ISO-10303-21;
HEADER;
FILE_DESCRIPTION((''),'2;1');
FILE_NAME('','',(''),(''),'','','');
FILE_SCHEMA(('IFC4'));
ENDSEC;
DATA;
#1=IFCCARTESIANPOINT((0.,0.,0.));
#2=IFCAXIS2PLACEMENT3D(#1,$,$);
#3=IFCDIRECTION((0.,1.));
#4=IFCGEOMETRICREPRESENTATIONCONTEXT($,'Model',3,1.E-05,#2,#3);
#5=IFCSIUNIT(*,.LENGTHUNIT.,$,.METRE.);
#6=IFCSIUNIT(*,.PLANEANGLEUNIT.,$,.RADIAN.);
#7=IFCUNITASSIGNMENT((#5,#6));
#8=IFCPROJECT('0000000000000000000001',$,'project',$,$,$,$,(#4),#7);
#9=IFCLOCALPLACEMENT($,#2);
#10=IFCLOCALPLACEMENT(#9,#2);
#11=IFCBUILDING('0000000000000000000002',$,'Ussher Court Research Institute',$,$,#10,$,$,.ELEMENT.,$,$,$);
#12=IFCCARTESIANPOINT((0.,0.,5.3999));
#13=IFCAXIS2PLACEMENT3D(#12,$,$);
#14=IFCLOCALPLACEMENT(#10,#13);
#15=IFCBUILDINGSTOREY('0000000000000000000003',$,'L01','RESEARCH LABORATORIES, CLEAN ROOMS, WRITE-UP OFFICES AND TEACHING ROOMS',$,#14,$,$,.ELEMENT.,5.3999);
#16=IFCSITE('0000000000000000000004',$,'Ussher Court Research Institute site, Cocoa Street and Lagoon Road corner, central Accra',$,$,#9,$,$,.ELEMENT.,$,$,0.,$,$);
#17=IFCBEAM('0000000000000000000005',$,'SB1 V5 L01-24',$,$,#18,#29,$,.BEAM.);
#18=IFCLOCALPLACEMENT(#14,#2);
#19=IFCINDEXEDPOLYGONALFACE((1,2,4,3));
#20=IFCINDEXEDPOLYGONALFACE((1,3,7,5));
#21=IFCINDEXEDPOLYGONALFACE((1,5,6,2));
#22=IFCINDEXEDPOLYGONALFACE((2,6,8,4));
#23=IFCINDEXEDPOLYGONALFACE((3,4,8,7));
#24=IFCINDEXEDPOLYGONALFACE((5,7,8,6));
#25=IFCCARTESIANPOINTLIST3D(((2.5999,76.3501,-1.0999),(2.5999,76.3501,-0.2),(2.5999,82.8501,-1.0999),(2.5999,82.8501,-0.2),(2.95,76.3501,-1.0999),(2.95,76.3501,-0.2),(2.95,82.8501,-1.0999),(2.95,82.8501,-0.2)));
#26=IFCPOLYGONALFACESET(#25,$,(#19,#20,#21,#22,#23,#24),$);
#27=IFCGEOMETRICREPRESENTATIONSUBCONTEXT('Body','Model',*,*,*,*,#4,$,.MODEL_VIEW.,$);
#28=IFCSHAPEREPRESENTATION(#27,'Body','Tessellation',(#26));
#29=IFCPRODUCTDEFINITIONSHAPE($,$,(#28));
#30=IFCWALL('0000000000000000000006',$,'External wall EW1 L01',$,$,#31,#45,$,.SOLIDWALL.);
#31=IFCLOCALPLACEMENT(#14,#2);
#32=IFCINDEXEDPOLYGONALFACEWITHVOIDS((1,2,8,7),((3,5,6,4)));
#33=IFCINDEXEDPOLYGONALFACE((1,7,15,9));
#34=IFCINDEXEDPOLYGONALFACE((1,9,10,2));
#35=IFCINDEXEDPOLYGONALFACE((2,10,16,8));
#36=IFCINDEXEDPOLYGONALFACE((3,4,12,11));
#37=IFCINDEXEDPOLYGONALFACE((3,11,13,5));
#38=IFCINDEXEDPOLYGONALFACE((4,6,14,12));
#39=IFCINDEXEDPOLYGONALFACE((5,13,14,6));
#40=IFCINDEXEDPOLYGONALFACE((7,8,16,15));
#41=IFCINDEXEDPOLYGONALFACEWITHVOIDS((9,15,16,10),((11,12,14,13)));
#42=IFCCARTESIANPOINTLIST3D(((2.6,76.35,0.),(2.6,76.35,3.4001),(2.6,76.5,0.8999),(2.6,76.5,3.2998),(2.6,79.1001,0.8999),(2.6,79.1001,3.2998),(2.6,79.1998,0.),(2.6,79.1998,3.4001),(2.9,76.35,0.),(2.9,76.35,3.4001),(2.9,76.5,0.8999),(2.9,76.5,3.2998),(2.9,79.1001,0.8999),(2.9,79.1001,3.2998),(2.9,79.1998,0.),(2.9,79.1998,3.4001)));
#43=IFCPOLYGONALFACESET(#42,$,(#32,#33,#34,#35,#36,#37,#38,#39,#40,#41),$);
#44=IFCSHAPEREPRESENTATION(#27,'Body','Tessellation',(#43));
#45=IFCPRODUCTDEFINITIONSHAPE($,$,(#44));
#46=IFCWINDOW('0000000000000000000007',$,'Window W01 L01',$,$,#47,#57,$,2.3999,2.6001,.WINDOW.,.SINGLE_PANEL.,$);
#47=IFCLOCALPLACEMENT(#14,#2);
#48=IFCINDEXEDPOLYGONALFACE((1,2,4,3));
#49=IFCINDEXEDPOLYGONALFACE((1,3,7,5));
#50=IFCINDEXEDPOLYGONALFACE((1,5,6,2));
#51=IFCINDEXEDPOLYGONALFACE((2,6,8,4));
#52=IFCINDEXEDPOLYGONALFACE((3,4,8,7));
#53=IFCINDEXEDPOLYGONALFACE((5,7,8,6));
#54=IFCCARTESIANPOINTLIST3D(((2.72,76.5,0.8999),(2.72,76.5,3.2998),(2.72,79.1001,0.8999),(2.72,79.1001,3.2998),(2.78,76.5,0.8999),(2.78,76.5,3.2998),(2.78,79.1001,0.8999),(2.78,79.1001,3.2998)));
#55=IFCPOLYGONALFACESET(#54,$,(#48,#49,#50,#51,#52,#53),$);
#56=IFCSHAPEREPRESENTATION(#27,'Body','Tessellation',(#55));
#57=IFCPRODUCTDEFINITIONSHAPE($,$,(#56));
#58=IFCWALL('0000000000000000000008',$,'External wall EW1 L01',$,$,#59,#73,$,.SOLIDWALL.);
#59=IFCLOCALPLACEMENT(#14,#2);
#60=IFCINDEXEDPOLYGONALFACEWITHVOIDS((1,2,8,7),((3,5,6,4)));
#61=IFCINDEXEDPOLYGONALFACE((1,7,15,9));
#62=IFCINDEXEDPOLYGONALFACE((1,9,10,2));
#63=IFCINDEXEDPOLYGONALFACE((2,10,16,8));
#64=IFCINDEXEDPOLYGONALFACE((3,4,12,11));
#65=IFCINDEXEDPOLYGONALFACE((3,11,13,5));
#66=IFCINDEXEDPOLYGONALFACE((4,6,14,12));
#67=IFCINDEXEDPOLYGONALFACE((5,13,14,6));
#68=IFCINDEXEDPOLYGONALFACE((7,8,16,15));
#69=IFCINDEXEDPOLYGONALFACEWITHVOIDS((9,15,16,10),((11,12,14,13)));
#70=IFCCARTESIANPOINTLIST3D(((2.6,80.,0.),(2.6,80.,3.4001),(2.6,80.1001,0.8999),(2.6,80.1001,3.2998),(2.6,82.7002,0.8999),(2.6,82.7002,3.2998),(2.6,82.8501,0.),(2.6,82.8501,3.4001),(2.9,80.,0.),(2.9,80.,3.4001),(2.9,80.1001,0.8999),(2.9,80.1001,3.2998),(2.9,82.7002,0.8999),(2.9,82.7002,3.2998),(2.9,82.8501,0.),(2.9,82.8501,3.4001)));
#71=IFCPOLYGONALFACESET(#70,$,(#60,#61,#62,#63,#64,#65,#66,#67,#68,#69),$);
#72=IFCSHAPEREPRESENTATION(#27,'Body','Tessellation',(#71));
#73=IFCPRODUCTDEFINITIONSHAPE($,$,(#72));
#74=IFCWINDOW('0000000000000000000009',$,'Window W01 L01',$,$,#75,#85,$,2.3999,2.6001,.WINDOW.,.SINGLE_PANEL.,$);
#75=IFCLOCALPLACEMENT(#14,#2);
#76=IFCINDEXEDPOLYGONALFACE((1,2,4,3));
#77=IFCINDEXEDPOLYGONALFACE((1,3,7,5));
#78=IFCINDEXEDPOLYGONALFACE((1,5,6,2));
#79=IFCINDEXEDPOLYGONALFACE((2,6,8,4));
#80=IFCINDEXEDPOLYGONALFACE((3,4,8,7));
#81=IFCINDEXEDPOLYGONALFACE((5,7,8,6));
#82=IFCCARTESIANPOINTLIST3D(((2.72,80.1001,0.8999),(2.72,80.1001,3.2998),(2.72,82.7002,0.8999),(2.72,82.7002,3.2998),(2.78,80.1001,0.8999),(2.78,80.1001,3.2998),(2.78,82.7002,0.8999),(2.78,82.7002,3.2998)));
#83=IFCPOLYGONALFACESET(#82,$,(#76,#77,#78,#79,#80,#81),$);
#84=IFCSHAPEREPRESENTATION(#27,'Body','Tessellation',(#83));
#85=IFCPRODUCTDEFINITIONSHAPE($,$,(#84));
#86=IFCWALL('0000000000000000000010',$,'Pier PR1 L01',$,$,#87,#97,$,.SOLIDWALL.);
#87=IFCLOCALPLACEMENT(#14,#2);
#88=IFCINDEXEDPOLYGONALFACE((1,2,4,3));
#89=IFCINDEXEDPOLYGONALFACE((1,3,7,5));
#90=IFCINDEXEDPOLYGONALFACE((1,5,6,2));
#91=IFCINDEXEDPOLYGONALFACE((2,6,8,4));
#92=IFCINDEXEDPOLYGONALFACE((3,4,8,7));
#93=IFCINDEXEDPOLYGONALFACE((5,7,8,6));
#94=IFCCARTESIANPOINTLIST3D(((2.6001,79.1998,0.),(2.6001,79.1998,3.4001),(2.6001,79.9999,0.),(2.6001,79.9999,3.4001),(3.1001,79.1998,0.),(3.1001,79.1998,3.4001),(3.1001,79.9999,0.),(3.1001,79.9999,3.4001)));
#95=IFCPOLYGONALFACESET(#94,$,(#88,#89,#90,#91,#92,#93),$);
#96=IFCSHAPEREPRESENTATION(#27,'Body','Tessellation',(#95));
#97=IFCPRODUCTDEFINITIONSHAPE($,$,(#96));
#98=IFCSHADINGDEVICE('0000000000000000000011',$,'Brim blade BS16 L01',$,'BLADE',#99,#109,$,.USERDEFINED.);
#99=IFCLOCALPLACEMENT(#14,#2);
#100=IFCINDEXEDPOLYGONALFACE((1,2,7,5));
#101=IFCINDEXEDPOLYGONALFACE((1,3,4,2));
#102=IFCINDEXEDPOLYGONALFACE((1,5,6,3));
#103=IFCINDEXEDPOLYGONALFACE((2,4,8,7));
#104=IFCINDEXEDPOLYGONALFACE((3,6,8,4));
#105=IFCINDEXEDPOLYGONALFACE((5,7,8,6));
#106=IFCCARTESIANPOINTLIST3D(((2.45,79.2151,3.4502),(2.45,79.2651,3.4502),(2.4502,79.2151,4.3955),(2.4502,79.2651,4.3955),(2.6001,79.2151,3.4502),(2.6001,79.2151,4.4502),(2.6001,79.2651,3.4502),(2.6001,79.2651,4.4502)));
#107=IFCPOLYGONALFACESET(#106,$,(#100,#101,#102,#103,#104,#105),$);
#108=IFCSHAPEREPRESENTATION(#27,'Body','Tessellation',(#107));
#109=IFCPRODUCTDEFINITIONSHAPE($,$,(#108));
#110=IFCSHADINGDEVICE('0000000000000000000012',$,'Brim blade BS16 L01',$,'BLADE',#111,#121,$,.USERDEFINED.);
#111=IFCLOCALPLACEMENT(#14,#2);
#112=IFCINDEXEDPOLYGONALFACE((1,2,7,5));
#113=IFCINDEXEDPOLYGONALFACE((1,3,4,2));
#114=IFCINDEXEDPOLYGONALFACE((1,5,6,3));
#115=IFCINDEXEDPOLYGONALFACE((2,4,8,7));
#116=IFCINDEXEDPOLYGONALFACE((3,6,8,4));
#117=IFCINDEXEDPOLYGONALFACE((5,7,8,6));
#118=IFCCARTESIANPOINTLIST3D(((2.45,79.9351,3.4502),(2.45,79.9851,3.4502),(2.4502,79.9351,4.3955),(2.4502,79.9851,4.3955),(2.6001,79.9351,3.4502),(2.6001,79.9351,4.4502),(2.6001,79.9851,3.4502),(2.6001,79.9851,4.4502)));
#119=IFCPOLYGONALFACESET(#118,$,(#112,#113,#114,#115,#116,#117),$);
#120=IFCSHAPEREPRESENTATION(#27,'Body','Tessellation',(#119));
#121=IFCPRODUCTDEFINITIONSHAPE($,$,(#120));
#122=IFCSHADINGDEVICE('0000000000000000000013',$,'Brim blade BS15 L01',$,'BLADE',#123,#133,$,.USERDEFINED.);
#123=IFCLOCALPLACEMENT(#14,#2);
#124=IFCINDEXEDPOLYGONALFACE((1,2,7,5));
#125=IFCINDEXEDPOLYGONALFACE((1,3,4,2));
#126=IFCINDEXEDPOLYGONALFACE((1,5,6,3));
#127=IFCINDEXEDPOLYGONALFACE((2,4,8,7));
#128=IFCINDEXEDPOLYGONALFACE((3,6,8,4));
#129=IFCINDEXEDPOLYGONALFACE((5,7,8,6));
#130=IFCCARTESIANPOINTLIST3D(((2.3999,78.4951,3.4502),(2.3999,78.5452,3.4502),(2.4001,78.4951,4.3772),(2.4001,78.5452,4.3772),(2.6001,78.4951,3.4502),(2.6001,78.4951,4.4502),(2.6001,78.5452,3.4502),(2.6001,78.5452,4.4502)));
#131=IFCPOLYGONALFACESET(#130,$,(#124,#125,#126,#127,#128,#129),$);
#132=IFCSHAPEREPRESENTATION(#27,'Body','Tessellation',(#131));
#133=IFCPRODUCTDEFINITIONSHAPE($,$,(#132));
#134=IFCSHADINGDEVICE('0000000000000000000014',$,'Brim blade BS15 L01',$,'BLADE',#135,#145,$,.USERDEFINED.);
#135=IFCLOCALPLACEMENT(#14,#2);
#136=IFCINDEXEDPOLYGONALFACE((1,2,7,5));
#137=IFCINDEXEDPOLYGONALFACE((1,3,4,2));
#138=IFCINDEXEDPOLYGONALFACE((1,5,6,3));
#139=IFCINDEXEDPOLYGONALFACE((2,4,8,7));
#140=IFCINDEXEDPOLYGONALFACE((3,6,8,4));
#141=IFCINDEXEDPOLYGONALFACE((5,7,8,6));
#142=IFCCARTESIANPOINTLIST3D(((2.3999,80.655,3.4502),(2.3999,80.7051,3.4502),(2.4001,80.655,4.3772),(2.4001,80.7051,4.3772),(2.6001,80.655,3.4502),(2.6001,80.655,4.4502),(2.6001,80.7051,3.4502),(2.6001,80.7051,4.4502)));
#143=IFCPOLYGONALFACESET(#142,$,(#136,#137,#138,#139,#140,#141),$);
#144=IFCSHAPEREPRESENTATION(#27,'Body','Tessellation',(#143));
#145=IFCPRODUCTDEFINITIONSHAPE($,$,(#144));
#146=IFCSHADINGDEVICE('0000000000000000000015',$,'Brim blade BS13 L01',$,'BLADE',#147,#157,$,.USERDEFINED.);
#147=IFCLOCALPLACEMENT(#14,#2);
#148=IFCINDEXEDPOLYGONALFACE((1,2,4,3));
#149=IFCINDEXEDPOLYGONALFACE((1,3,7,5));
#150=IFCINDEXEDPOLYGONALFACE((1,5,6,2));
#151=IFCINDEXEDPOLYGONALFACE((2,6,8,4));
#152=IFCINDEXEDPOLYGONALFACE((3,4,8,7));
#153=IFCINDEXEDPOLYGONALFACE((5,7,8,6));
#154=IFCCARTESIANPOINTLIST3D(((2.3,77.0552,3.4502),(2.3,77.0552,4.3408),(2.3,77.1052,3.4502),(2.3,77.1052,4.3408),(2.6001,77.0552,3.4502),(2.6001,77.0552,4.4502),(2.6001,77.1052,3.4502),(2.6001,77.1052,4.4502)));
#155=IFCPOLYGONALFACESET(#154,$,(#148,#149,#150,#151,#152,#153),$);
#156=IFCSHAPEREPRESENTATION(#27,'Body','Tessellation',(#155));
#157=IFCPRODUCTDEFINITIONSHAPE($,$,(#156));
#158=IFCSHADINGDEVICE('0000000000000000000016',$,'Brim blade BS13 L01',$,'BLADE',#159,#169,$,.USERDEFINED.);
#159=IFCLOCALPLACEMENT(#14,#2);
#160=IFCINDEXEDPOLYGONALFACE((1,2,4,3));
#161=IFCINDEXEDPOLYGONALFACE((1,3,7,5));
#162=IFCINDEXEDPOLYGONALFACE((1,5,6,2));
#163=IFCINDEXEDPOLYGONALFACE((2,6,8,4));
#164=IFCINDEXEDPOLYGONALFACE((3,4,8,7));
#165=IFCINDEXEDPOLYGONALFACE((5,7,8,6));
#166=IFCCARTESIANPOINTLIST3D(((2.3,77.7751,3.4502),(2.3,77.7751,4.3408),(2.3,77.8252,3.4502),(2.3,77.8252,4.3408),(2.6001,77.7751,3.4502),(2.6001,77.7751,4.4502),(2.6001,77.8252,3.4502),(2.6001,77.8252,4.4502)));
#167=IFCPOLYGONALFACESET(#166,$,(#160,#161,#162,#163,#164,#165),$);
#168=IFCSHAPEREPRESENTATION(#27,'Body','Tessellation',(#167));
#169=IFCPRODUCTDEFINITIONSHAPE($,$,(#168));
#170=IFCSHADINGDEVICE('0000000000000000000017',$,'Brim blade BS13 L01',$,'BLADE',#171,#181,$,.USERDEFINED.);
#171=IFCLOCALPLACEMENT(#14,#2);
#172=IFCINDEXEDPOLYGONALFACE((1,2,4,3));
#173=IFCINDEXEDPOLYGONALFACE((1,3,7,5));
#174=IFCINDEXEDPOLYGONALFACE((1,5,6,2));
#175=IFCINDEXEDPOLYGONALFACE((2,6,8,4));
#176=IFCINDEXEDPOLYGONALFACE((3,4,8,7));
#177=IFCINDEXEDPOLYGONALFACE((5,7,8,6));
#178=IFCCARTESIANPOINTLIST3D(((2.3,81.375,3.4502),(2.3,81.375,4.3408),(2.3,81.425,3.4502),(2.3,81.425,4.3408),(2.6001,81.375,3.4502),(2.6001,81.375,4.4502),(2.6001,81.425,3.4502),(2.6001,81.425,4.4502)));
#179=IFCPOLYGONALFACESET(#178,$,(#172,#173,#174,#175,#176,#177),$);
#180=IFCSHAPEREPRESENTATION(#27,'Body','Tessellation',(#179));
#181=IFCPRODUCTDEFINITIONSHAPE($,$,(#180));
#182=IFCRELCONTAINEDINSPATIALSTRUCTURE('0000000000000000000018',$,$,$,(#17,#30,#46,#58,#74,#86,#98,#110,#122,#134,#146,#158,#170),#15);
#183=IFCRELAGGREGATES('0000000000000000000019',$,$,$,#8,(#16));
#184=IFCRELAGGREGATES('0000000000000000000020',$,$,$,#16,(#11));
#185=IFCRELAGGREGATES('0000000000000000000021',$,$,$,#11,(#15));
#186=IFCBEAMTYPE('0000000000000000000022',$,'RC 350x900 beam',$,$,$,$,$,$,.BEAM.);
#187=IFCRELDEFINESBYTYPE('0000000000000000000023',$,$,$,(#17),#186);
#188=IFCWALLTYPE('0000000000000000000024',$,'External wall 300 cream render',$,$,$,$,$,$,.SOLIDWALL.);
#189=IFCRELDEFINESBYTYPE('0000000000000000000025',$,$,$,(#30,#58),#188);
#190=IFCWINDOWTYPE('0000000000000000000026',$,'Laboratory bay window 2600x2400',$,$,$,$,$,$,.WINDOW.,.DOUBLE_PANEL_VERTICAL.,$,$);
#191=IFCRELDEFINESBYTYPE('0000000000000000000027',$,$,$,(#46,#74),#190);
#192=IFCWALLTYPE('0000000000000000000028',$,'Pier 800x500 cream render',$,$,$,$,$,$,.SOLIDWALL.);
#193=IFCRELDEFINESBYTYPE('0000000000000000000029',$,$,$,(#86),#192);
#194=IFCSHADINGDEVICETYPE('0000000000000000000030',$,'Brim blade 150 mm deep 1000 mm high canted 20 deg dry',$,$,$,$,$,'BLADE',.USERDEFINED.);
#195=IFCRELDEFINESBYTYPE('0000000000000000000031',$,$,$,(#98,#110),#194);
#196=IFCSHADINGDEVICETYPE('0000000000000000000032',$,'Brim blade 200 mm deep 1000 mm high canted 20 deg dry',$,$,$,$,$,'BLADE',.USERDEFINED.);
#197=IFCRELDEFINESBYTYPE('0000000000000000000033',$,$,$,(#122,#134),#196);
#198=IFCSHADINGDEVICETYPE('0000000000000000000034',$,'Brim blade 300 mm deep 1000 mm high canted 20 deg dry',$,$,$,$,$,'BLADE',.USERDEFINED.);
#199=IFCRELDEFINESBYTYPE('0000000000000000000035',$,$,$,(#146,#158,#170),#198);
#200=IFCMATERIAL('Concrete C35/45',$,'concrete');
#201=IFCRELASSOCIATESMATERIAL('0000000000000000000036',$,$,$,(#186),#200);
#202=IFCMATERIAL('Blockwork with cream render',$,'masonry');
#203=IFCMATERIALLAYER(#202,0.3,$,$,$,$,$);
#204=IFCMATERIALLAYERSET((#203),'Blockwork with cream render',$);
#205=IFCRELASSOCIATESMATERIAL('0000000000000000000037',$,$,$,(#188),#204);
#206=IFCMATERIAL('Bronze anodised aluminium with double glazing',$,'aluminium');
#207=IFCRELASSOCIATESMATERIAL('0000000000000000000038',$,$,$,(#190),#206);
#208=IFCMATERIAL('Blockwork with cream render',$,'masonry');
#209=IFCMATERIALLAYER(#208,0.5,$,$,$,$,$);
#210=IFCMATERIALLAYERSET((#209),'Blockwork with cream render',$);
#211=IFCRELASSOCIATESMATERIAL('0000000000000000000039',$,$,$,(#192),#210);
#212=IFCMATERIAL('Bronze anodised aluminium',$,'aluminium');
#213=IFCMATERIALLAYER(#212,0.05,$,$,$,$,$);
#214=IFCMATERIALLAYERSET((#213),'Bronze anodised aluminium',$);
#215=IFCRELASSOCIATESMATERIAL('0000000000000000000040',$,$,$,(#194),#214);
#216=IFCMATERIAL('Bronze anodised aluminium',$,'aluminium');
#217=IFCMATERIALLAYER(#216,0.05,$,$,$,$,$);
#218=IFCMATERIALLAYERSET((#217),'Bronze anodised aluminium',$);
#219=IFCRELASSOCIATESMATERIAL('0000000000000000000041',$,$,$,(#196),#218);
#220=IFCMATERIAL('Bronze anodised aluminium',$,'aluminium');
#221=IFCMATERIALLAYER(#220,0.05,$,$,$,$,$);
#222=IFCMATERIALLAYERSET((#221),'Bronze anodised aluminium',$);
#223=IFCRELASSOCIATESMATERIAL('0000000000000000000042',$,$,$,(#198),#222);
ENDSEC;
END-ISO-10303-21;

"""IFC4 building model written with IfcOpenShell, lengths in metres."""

from ifc_helpers import new_model, si_unit, direction, frame, frame_2d, origin, origin_2d, place, context, subcontext, project, spatial, polyline, rectangle, outline, extrude, material, layer, layer_set, material_profile, profile_set, type_object, element, fill, save


model = new_model("IFC4")

# Units and contexts
model_context = context("Model", 3, precision=1e-05, world=origin(), true_north=direction((0.0, 1.0)))
body_context = subcontext(model_context, "Body", "Model", "MODEL_VIEW")
ifc_project = project(units=[si_unit("LENGTHUNIT", "METRE"), si_unit("PLANEANGLEUNIT", "RADIAN")], contexts=[model_context])

# Site, building, storey
site_placement = place(None, origin())
site = spatial("IfcSite", under=ifc_project, at=site_placement, Name="Ussher Court Research Institute site, Cocoa Street and Lagoon Road corner, central Accra", CompositionType="ELEMENT", RefElevation=0.0)
building_placement = place(site_placement, origin())
building = spatial("IfcBuilding", under=site, at=building_placement, Name="Ussher Court Research Institute", CompositionType="ELEMENT")
storey_placement = place(building_placement, frame((0.0, 0.0, 5.3999)))
storey = spatial("IfcBuildingStorey", under=building, at=storey_placement, Name="L01", Description="RESEARCH LABORATORIES, CLEAN ROOMS, WRITE-UP OFFICES AND TEACHING ROOMS", CompositionType="ELEMENT", Elevation=5.3999)

# Beam
ifc_material_1 = material(Name="Concrete C35/45", Category="concrete")
ifc_material_profile = material_profile(ifc_material_1, rectangle(XDim=0.3501, YDim=0.8999, at=origin_2d()), Name="RC 350x900")
ifc_profile_set = profile_set([ifc_material_profile], Name="Concrete C35/45")
beam_type = type_object("IfcBeamType", Name="RC 350x900 beam", PredefinedType="BEAM", material=ifc_profile_set)
beam_placement = place(storey_placement, frame((2.7749, 76.3501, -0.6499), z_axis=(0.0, 1.0, 0.0), x_axis=(-1.0, 0.0, 0.0)))
element("IfcBeam", 1, at=beam_placement, inside=storey, type_object=beam_type, Name="SB1 V5 L01-24", PredefinedType="BEAM", context=body_context, shape_type="SweptSolid", body=[
    extrude(rectangle(XDim=0.3501, YDim=0.8999, at=origin_2d()), origin(), (0.0, 0.0, 1.0), 6.5),
])

# Walls, openings, windows
ifc_material_2 = material(Name="Blockwork with cream render", Category="masonry")
ifc_layer_1 = layer(ifc_material_2, 0.3)
ifc_layer_set_1 = layer_set([ifc_layer_1], Name="Blockwork with cream render")
wall_type_1 = type_object("IfcWallType", Name="External wall 300 cream render", PredefinedType="SOLIDWALL", material=ifc_layer_set_1)
wall_1_placement = place(storey_placement, frame((2.75, 76.3501, 0.0), z_axis=(0.0, 0.0, 1.0), x_axis=(0.0, 1.0, 0.0)))
wall_1 = element("IfcWall", 2, at=wall_1_placement, inside=storey, type_object=wall_type_1, Name="External wall EW1 L01", PredefinedType="SOLIDWALL", context=body_context, shape_type="SweptSolid", body=[
    extrude(rectangle(XDim=2.8499, YDim=0.3, at=frame_2d((1.4248, 0.0))), origin(), (0.0, 0.0, 1.0), 3.4001),
])
opening_1_placement = place(wall_1_placement, frame((0.1499, 0.0, 0.8999)))
opening_1 = element("IfcOpeningElement", 3, at=opening_1_placement, cuts=wall_1, PredefinedType="OPENING", context=body_context, shape_type="SweptSolid", body=[
    extrude(rectangle(XDim=2.6001, YDim=2.3999, at=frame_2d((1.3, 1.2))), frame((0.0, 0.1602, 0.0), z_axis=(0.0, -1.0, 0.0), x_axis=(1.0, 0.0, 0.0)), (0.0, 0.0, 1.0), 0.3201),
])
ifc_material_3 = material(Name="Bronze anodised aluminium with double glazing", Category="aluminium")
window_type = type_object("IfcWindowType", Name="Laboratory bay window 2600x2400", PartitioningType="DOUBLE_PANEL_VERTICAL", PredefinedType="WINDOW", material=ifc_material_3)
window_1_placement = place(opening_1_placement, origin())
window_1 = element("IfcWindow", 4, at=window_1_placement, inside=storey, type_object=window_type, Name="Window W01 L01", OverallHeight=2.3999, OverallWidth=2.6001, PartitioningType="SINGLE_PANEL", PredefinedType="WINDOW", context=body_context, shape_type="SweptSolid", body=[
    extrude(rectangle(XDim=2.6001, YDim=2.3999, at=frame_2d((1.3, 1.2))), frame((0.0, 0.03, 0.0), z_axis=(0.0, -1.0, 0.0), x_axis=(1.0, 0.0, 0.0)), (0.0, 0.0, 1.0), 0.0601),
])
fill(opening_1, window_1)
wall_2_placement = place(storey_placement, frame((2.75, 80.0, 0.0), z_axis=(0.0, 0.0, 1.0), x_axis=(0.0, 1.0, 0.0)))
wall_2 = element("IfcWall", 5, at=wall_2_placement, inside=storey, type_object=wall_type_1, Name="External wall EW1 L01", PredefinedType="SOLIDWALL", context=body_context, shape_type="SweptSolid", body=[
    extrude(rectangle(XDim=2.8501, YDim=0.3, at=frame_2d((1.425, 0.0))), origin(), (0.0, 0.0, 1.0), 3.4001),
])
opening_2_placement = place(wall_2_placement, frame((0.1001, 0.0, 0.8999)))
opening_2 = element("IfcOpeningElement", 6, at=opening_2_placement, cuts=wall_2, PredefinedType="OPENING", context=body_context, shape_type="SweptSolid", body=[
    extrude(rectangle(XDim=2.6001, YDim=2.3999, at=frame_2d((1.3, 1.2))), frame((0.0, 0.1602, 0.0), z_axis=(0.0, -1.0, 0.0), x_axis=(1.0, 0.0, 0.0)), (0.0, 0.0, 1.0), 0.3201),
])
window_2_placement = place(opening_2_placement, origin())
window_2 = element("IfcWindow", 7, at=window_2_placement, inside=storey, type_object=window_type, Name="Window W01 L01", OverallHeight=2.3999, OverallWidth=2.6001, PartitioningType="SINGLE_PANEL", PredefinedType="WINDOW", context=body_context, shape_type="SweptSolid", body=[
    extrude(rectangle(XDim=2.6001, YDim=2.3999, at=frame_2d((1.3, 1.2))), frame((0.0, 0.03, 0.0), z_axis=(0.0, -1.0, 0.0), x_axis=(1.0, 0.0, 0.0)), (0.0, 0.0, 1.0), 0.0601),
])
fill(opening_2, window_2)

# Wall
ifc_material_4 = material(Name="Blockwork with cream render", Category="masonry")
ifc_layer_2 = layer(ifc_material_4, 0.5)
ifc_layer_set_2 = layer_set([ifc_layer_2], Name="Blockwork with cream render")
wall_type_2 = type_object("IfcWallType", Name="Pier 800x500 cream render", PredefinedType="SOLIDWALL", material=ifc_layer_set_2)
wall_3_placement = place(storey_placement, frame((2.8501, 79.2, 0.0), z_axis=(0.0, 0.0, 1.0), x_axis=(0.0, 1.0, 0.0)))
element("IfcWall", 8, at=wall_3_placement, inside=storey, type_object=wall_type_2, Name="Pier PR1 L01", PredefinedType="SOLIDWALL", context=body_context, shape_type="SweptSolid", body=[
    extrude(rectangle(XDim=0.8, YDim=0.5, at=frame_2d((0.3999, 0.0))), origin(), (0.0, 0.0, 1.0), 3.4001),
])

# Shading devices
ifc_material_5 = material(Name="Bronze anodised aluminium", Category="aluminium")
ifc_layer_3 = layer(ifc_material_5, 0.05)
ifc_layer_set_3 = layer_set([ifc_layer_3], Name="Bronze anodised aluminium")
shading_device_type_1 = type_object("IfcShadingDeviceType", Name="Brim blade 150 mm deep 1000 mm high canted 20 deg dry", ElementType="BLADE", PredefinedType="USERDEFINED", material=ifc_layer_set_3)
for number, where, z_axis, x_axis, name in (
    (9, (2.6001, 79.24, 3.4502), (0.0, 0.0, 1.0), (-1.0, 0.0, 0.0), "Brim blade BS16 L01"),
    (10, (2.6001, 79.96, 3.4502), (0.0, 0.0, 1.0), (-1.0, 0.0, 0.0), "Brim blade BS16 L01"),
):
    element("IfcShadingDevice", number, at=place(storey_placement, frame(where, z_axis=z_axis, x_axis=x_axis)), inside=storey, type_object=shading_device_type_1, Name=name, ObjectType="BLADE", PredefinedType="USERDEFINED", context=body_context, shape_type="SweptSolid", body=[
        extrude(outline(polyline([(0.0, 0.0), (0.1501, 0.0), (0.1499, 0.9453), (0.0, 1.0), (0.0, 0.0)])), frame((0.0, 0.0249, 0.0), z_axis=(0.0, -1.0, 0.0), x_axis=(1.0, 0.0, 0.0)), (0.0, 0.0, 1.0), 0.05),
    ])
ifc_material_6 = material(Name="Bronze anodised aluminium", Category="aluminium")
ifc_layer_4 = layer(ifc_material_6, 0.05)
ifc_layer_set_4 = layer_set([ifc_layer_4], Name="Bronze anodised aluminium")
shading_device_type_2 = type_object("IfcShadingDeviceType", Name="Brim blade 200 mm deep 1000 mm high canted 20 deg dry", ElementType="BLADE", PredefinedType="USERDEFINED", material=ifc_layer_set_4)
for number, where, z_axis, x_axis, name in (
    (11, (2.6001, 78.52, 3.4502), (0.0, 0.0, 1.0), (-1.0, 0.0, 0.0), "Brim blade BS15 L01"),
    (12, (2.6001, 80.6799, 3.4502), (0.0, 0.0, 1.0), (-1.0, 0.0, 0.0), "Brim blade BS15 L01"),
):
    element("IfcShadingDevice", number, at=place(storey_placement, frame(where, z_axis=z_axis, x_axis=x_axis)), inside=storey, type_object=shading_device_type_2, Name=name, ObjectType="BLADE", PredefinedType="USERDEFINED", context=body_context, shape_type="SweptSolid", body=[
        extrude(outline(polyline([(0.0, 0.0), (0.2002, 0.0), (0.2, 0.927), (0.0, 1.0), (0.0, 0.0)])), frame((0.0, 0.0249, 0.0), z_axis=(0.0, -1.0, 0.0), x_axis=(1.0, 0.0, 0.0)), (0.0, 0.0, 1.0), 0.05),
    ])
ifc_material_7 = material(Name="Bronze anodised aluminium", Category="aluminium")
ifc_layer_5 = layer(ifc_material_7, 0.05)
ifc_layer_set_5 = layer_set([ifc_layer_5], Name="Bronze anodised aluminium")
shading_device_type_3 = type_object("IfcShadingDeviceType", Name="Brim blade 300 mm deep 1000 mm high canted 20 deg dry", ElementType="BLADE", PredefinedType="USERDEFINED", material=ifc_layer_set_5)
for number, where, z_axis, x_axis, name in (
    (13, (2.6001, 77.0801, 3.4502), (0.0, 0.0, 1.0), (-1.0, 0.0, 0.0), "Brim blade BS13 L01"),
    (14, (2.6001, 77.8, 3.4502), (0.0, 0.0, 1.0), (-1.0, 0.0, 0.0), "Brim blade BS13 L01"),
    (15, (2.6001, 81.3999, 3.4502), (0.0, 0.0, 1.0), (-1.0, 0.0, 0.0), "Brim blade BS13 L01"),
):
    element("IfcShadingDevice", number, at=place(storey_placement, frame(where, z_axis=z_axis, x_axis=x_axis)), inside=storey, type_object=shading_device_type_3, Name=name, ObjectType="BLADE", PredefinedType="USERDEFINED", context=body_context, shape_type="SweptSolid", body=[
        extrude(outline(polyline([(0.0, 0.0), (0.3, 0.0), (0.3, 0.8906), (0.0, 1.0), (0.0, 0.0)])), frame((0.0, 0.0249, 0.0), z_axis=(0.0, -1.0, 0.0), x_axis=(1.0, 0.0, 0.0)), (0.0, 0.0, 1.0), 0.05),
    ])

save(model, "model.ifc")
